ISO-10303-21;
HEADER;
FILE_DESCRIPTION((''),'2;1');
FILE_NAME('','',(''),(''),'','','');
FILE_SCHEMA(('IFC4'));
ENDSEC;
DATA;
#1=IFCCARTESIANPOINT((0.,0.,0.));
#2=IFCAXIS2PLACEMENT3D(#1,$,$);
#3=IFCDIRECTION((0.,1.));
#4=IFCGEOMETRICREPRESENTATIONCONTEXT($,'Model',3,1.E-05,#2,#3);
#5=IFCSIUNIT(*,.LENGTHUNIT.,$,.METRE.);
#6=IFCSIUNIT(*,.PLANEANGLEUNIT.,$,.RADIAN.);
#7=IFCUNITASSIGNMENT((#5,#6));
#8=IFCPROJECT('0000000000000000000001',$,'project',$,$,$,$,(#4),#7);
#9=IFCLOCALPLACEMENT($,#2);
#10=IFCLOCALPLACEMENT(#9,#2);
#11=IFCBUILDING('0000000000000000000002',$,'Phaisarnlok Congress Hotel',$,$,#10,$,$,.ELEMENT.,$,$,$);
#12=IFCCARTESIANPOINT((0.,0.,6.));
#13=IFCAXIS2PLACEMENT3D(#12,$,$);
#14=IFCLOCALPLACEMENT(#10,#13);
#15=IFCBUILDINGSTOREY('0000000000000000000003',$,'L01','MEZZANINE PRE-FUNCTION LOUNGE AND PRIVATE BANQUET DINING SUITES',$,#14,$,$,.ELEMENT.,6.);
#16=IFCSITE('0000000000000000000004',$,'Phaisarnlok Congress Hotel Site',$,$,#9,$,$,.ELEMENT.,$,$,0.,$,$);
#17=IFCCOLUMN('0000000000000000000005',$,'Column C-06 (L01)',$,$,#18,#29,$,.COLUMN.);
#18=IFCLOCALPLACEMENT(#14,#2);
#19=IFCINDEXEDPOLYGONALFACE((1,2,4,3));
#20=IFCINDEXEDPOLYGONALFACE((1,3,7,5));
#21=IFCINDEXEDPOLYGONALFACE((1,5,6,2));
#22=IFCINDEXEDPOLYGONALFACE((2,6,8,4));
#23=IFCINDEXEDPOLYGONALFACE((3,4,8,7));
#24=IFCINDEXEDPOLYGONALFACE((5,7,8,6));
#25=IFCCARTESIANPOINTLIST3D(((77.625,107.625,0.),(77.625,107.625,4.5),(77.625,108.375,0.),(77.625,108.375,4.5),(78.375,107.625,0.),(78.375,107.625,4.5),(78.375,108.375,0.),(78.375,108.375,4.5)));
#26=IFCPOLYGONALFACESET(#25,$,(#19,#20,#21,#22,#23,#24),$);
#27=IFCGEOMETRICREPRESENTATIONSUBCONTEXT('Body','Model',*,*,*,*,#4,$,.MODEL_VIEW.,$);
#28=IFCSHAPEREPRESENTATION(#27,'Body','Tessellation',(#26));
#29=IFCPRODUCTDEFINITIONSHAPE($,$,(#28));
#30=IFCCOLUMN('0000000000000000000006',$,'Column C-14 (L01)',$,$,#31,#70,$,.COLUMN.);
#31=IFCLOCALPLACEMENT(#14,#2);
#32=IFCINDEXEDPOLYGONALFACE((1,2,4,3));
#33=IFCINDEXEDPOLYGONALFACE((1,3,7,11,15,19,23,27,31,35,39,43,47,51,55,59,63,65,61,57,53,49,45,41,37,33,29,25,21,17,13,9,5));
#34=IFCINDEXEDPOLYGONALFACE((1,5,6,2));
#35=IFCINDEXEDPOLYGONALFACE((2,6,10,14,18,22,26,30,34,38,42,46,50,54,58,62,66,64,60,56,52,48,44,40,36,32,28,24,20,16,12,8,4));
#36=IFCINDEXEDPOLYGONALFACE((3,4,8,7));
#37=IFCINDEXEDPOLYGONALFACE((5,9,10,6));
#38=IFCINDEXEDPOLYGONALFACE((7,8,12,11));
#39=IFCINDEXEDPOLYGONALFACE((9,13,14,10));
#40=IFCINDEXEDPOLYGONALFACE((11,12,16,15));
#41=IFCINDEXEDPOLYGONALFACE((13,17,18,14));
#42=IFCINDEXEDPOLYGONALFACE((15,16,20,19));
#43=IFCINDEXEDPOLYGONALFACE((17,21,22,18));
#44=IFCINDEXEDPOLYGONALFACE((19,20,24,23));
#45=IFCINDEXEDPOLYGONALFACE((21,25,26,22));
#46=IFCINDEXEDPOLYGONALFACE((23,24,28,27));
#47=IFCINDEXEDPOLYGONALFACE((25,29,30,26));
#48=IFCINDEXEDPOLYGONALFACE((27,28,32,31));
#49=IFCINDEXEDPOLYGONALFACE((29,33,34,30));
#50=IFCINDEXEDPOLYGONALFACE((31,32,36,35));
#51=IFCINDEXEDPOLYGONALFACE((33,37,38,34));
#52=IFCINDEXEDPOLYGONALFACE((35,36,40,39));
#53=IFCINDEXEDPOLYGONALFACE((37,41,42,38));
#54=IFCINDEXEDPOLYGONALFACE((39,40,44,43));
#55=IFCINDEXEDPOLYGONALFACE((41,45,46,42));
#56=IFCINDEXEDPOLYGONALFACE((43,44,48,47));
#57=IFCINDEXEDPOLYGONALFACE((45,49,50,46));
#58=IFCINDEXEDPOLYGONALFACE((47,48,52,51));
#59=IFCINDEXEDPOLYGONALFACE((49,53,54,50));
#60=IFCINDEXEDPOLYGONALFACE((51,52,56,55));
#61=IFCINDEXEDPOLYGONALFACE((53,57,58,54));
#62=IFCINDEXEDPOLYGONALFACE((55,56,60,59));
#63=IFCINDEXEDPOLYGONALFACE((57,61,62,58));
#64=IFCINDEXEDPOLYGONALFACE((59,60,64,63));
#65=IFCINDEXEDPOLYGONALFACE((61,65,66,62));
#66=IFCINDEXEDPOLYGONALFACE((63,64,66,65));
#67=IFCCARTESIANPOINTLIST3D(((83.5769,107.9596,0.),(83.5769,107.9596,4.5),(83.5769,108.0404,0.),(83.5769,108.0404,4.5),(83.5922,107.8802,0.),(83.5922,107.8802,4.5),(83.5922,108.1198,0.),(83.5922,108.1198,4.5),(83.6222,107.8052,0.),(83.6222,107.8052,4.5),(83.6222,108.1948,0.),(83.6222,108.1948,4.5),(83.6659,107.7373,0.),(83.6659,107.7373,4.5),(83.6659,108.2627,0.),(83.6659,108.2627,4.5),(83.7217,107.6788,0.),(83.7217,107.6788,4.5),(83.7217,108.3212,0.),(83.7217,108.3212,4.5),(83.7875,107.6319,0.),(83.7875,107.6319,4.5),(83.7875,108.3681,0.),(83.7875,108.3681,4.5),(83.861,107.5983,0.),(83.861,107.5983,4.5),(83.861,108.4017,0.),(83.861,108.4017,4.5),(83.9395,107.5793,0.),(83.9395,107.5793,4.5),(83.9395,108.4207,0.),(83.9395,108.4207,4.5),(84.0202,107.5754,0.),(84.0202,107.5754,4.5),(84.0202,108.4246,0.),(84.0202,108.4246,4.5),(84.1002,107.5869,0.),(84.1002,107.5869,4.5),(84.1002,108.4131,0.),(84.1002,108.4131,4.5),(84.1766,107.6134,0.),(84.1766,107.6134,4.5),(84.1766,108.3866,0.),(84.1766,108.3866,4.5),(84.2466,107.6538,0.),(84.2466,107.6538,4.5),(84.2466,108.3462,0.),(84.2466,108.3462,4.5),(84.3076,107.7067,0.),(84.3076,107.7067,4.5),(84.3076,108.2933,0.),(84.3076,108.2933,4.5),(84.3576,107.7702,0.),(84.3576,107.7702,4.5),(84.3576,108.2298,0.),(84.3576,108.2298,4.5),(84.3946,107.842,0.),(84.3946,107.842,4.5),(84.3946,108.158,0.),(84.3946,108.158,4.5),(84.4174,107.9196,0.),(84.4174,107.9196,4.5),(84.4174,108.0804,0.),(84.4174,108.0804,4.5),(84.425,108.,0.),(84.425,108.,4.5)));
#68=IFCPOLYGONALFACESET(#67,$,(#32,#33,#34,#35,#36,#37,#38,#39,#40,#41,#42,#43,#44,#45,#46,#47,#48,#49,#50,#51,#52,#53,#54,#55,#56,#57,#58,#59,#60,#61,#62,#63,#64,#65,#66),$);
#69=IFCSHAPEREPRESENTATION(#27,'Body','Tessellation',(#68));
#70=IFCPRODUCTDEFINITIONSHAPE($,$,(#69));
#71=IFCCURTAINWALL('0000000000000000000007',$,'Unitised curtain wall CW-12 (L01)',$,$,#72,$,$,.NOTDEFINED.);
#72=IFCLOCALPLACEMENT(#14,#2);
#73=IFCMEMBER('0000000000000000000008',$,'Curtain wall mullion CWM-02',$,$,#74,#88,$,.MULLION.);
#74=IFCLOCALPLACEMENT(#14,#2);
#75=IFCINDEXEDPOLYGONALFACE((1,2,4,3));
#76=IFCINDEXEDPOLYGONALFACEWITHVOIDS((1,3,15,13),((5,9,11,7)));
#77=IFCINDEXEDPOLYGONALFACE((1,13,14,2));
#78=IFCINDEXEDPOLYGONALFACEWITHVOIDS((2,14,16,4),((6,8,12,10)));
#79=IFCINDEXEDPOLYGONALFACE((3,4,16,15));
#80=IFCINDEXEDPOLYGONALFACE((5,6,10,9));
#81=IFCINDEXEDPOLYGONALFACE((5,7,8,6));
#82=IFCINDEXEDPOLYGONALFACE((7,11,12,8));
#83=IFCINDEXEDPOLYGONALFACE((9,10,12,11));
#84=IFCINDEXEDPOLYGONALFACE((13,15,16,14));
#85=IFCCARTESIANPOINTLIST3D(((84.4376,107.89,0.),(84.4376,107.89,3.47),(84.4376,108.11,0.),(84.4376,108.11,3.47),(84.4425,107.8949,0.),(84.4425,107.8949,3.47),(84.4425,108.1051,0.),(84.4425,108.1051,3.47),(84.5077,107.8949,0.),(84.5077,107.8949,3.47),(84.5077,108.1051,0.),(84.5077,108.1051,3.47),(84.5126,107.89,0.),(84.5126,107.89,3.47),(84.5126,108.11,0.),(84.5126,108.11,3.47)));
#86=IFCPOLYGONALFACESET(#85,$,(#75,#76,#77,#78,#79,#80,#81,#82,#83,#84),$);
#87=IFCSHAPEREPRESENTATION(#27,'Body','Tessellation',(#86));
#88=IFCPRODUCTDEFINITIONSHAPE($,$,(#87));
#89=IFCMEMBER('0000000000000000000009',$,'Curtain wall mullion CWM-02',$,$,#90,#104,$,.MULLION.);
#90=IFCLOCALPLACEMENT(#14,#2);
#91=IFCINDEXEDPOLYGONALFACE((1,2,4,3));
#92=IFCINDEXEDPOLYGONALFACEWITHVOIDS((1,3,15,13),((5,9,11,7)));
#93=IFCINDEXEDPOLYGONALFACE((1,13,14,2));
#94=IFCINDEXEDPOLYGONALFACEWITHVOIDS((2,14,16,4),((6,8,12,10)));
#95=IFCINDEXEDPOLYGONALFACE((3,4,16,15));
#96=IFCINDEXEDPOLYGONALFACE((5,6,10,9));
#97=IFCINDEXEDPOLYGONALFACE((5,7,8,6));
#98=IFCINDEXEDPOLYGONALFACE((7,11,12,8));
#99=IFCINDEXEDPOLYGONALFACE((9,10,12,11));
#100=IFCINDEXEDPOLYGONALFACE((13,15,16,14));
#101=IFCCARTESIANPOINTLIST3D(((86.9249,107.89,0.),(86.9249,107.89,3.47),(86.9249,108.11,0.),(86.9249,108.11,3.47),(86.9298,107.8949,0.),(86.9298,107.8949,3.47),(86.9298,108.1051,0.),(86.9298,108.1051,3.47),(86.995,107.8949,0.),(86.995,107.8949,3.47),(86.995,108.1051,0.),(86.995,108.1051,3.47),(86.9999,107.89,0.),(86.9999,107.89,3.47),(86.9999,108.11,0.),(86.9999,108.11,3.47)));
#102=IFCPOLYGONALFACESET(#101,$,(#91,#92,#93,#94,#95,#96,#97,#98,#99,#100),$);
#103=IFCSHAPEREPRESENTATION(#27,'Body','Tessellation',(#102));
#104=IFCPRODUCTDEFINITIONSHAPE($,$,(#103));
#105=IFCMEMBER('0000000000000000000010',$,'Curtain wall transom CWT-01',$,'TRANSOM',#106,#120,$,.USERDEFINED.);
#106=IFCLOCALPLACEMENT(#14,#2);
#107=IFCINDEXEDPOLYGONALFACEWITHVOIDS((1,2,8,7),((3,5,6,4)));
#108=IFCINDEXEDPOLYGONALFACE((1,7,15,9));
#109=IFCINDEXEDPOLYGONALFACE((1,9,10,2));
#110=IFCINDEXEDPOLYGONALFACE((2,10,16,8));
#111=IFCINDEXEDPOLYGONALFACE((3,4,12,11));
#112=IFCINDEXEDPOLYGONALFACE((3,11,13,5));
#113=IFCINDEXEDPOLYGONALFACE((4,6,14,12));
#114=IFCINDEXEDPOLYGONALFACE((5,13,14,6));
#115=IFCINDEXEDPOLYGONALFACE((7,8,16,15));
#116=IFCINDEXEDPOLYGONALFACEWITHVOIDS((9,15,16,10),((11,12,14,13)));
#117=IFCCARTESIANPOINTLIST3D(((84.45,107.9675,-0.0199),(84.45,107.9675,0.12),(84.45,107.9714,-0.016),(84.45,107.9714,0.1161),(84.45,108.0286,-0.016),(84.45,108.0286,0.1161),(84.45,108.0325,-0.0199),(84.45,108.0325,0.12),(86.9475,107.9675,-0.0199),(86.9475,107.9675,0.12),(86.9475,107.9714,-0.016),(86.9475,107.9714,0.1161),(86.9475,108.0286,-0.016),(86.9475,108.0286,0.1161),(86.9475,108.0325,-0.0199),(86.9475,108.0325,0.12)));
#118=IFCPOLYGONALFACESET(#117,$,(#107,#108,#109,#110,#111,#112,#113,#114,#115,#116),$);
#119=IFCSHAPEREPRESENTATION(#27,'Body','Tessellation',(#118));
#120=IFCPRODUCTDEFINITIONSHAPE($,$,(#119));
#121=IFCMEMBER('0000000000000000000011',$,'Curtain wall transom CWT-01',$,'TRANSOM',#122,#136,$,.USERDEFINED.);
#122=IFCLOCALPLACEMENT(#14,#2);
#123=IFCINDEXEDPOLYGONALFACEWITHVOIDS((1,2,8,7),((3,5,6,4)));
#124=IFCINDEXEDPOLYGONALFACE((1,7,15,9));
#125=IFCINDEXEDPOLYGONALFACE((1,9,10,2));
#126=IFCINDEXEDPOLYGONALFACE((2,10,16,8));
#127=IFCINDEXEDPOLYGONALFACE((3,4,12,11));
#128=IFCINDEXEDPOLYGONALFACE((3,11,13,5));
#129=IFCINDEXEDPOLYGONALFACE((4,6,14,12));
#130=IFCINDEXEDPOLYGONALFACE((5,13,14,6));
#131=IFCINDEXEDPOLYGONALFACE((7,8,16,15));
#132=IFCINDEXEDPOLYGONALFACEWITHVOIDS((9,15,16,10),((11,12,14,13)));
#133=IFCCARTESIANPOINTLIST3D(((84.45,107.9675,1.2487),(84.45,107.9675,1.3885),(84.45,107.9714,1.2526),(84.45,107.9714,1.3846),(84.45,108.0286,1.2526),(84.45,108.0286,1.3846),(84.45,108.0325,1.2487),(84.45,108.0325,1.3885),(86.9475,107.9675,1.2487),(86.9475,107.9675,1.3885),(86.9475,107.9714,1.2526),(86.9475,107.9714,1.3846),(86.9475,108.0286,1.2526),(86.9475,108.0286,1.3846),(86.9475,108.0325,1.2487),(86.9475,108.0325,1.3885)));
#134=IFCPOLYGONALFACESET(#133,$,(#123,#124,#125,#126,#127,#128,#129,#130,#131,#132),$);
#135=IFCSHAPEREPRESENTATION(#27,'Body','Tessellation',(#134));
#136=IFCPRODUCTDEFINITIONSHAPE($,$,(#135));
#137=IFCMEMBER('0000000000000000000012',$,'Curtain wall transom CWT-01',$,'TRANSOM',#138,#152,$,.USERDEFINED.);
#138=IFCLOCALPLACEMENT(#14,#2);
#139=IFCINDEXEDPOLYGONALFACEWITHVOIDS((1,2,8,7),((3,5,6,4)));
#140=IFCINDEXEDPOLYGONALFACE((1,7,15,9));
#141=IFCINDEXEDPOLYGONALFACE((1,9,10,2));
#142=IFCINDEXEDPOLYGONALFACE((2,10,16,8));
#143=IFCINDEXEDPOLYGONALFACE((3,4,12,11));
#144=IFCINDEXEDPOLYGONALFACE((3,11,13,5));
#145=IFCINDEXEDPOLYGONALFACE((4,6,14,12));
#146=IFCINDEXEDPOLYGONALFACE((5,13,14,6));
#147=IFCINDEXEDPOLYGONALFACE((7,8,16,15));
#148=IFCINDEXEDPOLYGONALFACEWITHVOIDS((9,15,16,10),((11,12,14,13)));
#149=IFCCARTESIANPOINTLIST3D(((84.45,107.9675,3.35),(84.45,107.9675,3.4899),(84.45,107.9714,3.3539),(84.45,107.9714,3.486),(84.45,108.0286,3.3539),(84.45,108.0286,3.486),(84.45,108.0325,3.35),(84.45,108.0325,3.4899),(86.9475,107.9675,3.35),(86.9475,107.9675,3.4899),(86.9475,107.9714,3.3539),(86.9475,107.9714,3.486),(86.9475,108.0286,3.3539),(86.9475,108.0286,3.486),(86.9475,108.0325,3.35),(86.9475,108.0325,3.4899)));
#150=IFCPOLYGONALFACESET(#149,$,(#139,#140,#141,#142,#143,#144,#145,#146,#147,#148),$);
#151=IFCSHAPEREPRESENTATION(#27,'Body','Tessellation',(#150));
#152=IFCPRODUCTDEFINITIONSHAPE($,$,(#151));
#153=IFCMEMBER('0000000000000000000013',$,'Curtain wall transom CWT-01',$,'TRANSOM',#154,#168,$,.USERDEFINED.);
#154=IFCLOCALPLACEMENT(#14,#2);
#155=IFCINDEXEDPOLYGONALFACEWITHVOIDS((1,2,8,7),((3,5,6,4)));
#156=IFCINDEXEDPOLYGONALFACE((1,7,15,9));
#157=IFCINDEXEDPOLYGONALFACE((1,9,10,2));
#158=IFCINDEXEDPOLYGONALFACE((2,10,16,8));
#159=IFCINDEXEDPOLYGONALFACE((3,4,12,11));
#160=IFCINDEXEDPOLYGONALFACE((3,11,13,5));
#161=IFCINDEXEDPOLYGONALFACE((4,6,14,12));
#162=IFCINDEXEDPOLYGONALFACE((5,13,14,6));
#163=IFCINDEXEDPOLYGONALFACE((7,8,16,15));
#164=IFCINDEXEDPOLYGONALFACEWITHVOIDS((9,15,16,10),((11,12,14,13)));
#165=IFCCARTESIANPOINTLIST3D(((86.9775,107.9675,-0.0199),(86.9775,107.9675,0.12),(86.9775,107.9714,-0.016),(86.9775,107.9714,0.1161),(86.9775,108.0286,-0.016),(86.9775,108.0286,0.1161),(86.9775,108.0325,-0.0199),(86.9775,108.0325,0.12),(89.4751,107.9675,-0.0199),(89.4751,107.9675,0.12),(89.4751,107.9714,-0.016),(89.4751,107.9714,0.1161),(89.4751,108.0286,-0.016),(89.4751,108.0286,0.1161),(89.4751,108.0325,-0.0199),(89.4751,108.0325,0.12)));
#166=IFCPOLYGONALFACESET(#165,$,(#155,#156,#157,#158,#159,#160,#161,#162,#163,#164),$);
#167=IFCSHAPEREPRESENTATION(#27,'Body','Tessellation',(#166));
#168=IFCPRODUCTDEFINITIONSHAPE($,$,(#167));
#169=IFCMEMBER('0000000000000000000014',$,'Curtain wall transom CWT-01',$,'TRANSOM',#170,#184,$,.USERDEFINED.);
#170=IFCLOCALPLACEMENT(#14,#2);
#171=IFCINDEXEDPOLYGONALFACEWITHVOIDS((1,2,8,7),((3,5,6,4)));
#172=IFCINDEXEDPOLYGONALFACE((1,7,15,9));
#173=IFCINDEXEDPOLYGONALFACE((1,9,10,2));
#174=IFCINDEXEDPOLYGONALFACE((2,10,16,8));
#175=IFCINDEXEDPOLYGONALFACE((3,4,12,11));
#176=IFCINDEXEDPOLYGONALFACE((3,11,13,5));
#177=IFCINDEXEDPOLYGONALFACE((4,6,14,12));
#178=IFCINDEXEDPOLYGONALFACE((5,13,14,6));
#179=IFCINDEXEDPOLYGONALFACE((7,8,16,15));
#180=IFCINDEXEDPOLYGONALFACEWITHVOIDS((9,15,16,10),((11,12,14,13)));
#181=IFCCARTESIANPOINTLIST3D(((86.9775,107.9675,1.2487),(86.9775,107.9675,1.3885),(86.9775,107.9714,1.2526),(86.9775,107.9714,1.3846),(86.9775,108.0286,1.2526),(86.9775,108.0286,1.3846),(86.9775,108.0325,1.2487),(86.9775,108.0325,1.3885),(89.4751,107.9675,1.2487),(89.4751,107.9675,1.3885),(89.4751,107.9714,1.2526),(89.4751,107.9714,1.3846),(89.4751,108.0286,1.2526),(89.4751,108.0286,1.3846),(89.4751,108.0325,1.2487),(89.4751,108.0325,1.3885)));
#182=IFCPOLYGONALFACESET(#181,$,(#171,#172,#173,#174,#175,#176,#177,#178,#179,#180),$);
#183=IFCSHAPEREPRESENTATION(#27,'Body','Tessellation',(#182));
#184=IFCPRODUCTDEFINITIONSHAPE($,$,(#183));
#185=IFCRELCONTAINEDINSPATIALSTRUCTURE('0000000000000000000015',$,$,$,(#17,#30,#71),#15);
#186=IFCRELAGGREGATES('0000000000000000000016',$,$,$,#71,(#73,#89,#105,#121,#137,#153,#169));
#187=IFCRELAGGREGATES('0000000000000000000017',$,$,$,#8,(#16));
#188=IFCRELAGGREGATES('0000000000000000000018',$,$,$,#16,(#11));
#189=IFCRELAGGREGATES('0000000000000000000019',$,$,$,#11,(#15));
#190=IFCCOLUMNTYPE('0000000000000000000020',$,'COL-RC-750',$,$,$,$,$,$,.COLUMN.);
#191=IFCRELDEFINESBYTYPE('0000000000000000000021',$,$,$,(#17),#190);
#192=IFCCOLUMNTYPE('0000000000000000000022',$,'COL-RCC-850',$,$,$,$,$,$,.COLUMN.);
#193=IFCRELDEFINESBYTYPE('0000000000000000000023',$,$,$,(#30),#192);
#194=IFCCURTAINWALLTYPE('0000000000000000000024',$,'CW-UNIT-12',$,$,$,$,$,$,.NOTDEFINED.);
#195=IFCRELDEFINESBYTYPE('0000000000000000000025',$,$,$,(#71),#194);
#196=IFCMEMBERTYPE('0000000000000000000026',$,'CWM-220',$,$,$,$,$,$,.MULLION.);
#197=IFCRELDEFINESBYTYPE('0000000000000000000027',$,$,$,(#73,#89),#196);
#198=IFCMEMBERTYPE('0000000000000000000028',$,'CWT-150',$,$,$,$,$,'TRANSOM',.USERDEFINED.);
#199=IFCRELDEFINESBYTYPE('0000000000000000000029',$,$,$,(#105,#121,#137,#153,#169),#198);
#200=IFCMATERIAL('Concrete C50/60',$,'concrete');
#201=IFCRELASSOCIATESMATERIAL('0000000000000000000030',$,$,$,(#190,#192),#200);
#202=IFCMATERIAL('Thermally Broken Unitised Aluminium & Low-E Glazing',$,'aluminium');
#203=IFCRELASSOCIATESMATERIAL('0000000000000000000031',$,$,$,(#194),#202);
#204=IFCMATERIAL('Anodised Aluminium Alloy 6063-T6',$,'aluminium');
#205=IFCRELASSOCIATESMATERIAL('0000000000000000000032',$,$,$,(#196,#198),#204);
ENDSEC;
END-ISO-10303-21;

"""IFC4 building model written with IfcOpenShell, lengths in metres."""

from ifc_helpers import new_model, si_unit, direction, frame, origin, origin_2d, place, context, subcontext, project, spatial, rectangle, hollow_rectangle, circle, extrude, material, material_profile, profile_set, type_object, element, aggregate, save


model = new_model("IFC4")

# Units and contexts
model_context = context("Model", 3, precision=1e-05, world=origin(), true_north=direction((0.0, 1.0)))
body_context = subcontext(model_context, "Body", "Model", "MODEL_VIEW")
ifc_project = project(units=[si_unit("LENGTHUNIT", "METRE"), si_unit("PLANEANGLEUNIT", "RADIAN")], contexts=[model_context])

# Site, building, storey
site_placement = place(None, origin())
site = spatial("IfcSite", under=ifc_project, at=site_placement, Name="Phaisarnlok Congress Hotel Site", CompositionType="ELEMENT", RefElevation=0.0)
building_placement = place(site_placement, origin())
building = spatial("IfcBuilding", under=site, at=building_placement, Name="Phaisarnlok Congress Hotel", CompositionType="ELEMENT")
storey_placement = place(building_placement, frame((0.0, 0.0, 6.0)))
storey = spatial("IfcBuildingStorey", under=building, at=storey_placement, Name="L01", Description="MEZZANINE PRE-FUNCTION LOUNGE AND PRIVATE BANQUET DINING SUITES", CompositionType="ELEMENT", Elevation=6.0)

# Columns
ifc_material_1 = material(Name="Concrete C50/60", Category="concrete")
ifc_material_profile_1 = material_profile(ifc_material_1, rectangle(XDim=0.75, YDim=0.75, at=origin_2d()), Name="RC 750x750")
ifc_profile_set_1 = profile_set([ifc_material_profile_1], Name="Concrete C50/60")
column_type_1 = type_object("IfcColumnType", Name="COL-RC-750", PredefinedType="COLUMN", material=ifc_profile_set_1)
column_1_placement = place(storey_placement, frame((78.0, 108.0, 0.0), z_axis=(0.0, 0.0, 1.0), x_axis=(1.0, 0.0, 0.0)))
element("IfcColumn", 1, at=column_1_placement, inside=storey, type_object=column_type_1, Name="Column C-06 (L01)", PredefinedType="COLUMN", context=body_context, shape_type="SweptSolid", body=[
    extrude(rectangle(XDim=0.75, YDim=0.75, at=origin_2d()), origin(), (0.0, 0.0, 1.0), 4.5),
])
ifc_material_profile_2 = material_profile(ifc_material_1, circle(Radius=0.425, at=origin_2d()), Name="RCC D850")
ifc_profile_set_2 = profile_set([ifc_material_profile_2], Name="Concrete C50/60")
column_type_2 = type_object("IfcColumnType", Name="COL-RCC-850", PredefinedType="COLUMN", material=ifc_profile_set_2)
column_2_placement = place(storey_placement, frame((84.0, 108.0, 0.0), z_axis=(0.0, 0.0, 1.0), x_axis=(1.0, 0.0, 0.0)))
element("IfcColumn", 2, at=column_2_placement, inside=storey, type_object=column_type_2, Name="Column C-14 (L01)", PredefinedType="COLUMN", context=body_context, shape_type="SweptSolid", body=[
    extrude(circle(Radius=0.425, at=origin_2d()), origin(), (0.0, 0.0, 1.0), 4.5),
])

# Curtain wall, members
ifc_material_2 = material(Name="Thermally Broken Unitised Aluminium & Low-E Glazing", Category="aluminium")
curtain_wall_type = type_object("IfcCurtainWallType", Name="CW-UNIT-12", PredefinedType="NOTDEFINED", material=ifc_material_2)
curtain_wall_placement = place(storey_placement, origin())
curtain_wall = element("IfcCurtainWall", 3, at=curtain_wall_placement, inside=storey, type_object=curtain_wall_type, Name="Unitised curtain wall CW-12 (L01)", PredefinedType="NOTDEFINED")
ifc_material_3 = material(Name="Anodised Aluminium Alloy 6063-T6", Category="aluminium")
ifc_material_profile_3 = material_profile(ifc_material_3, hollow_rectangle(XDim=0.075, YDim=0.22, WallThickness=0.0049, at=origin_2d()), Name="ALU-M 75x220x5")
ifc_profile_set_3 = profile_set([ifc_material_profile_3], Name="Anodised Aluminium Alloy 6063-T6")
member_type_1 = type_object("IfcMemberType", Name="CWM-220", PredefinedType="MULLION", material=ifc_profile_set_3)
member_1_placement = place(storey_placement, frame((84.4751, 108.0, 0.0), z_axis=(0.0, 0.0, 1.0), x_axis=(1.0, 0.0, 0.0)))
member_1 = element("IfcMember", 4, at=member_1_placement, type_object=member_type_1, Name="Curtain wall mullion CWM-02", PredefinedType="MULLION", context=body_context, shape_type="SweptSolid", body=[
    extrude(hollow_rectangle(XDim=0.075, YDim=0.22, WallThickness=0.0049, at=origin_2d()), origin(), (0.0, 0.0, 1.0), 3.47),
])
member_2_placement = place(storey_placement, frame((86.9624, 108.0, 0.0), z_axis=(0.0, 0.0, 1.0), x_axis=(1.0, 0.0, 0.0)))
member_2 = element("IfcMember", 5, at=member_2_placement, type_object=member_type_1, Name="Curtain wall mullion CWM-02", PredefinedType="MULLION", context=body_context, shape_type="SweptSolid", body=[
    extrude(hollow_rectangle(XDim=0.075, YDim=0.22, WallThickness=0.0049, at=origin_2d()), origin(), (0.0, 0.0, 1.0), 3.47),
])
ifc_material_profile_4 = material_profile(ifc_material_3, hollow_rectangle(XDim=0.0649, YDim=0.1399, WallThickness=0.0039, at=origin_2d()), Name="ALU-T 65x140x4")
ifc_profile_set_4 = profile_set([ifc_material_profile_4], Name="Anodised Aluminium Alloy 6063-T6")
member_type_2 = type_object("IfcMemberType", Name="CWT-150", ElementType="TRANSOM", PredefinedType="USERDEFINED", material=ifc_profile_set_4)
member_3_placement = place(storey_placement, frame((84.45, 108.0, 0.05), z_axis=(1.0, 0.0, 0.0), x_axis=(0.0, 1.0, 0.0)))
member_3 = element("IfcMember", 6, at=member_3_placement, type_object=member_type_2, Name="Curtain wall transom CWT-01", ObjectType="TRANSOM", PredefinedType="USERDEFINED", context=body_context, shape_type="SweptSolid", body=[
    extrude(hollow_rectangle(XDim=0.0649, YDim=0.1399, WallThickness=0.0039, at=origin_2d()), origin(), (0.0, 0.0, 1.0), 2.4976),
])
member_4_placement = place(storey_placement, frame((84.45, 108.0, 1.3186), z_axis=(1.0, 0.0, 0.0), x_axis=(0.0, 1.0, 0.0)))
member_4 = element("IfcMember", 7, at=member_4_placement, type_object=member_type_2, Name="Curtain wall transom CWT-01", ObjectType="TRANSOM", PredefinedType="USERDEFINED", context=body_context, shape_type="SweptSolid", body=[
    extrude(hollow_rectangle(XDim=0.0649, YDim=0.1399, WallThickness=0.0039, at=origin_2d()), origin(), (0.0, 0.0, 1.0), 2.4976),
])
member_5_placement = place(storey_placement, frame((84.45, 108.0, 3.4199), z_axis=(1.0, 0.0, 0.0), x_axis=(0.0, 1.0, 0.0)))
member_5 = element("IfcMember", 8, at=member_5_placement, type_object=member_type_2, Name="Curtain wall transom CWT-01", ObjectType="TRANSOM", PredefinedType="USERDEFINED", context=body_context, shape_type="SweptSolid", body=[
    extrude(hollow_rectangle(XDim=0.0649, YDim=0.1399, WallThickness=0.0039, at=origin_2d()), origin(), (0.0, 0.0, 1.0), 2.4976),
])
member_6_placement = place(storey_placement, frame((86.9775, 108.0, 0.05), z_axis=(1.0, 0.0, 0.0), x_axis=(0.0, 1.0, 0.0)))
member_6 = element("IfcMember", 9, at=member_6_placement, type_object=member_type_2, Name="Curtain wall transom CWT-01", ObjectType="TRANSOM", PredefinedType="USERDEFINED", context=body_context, shape_type="SweptSolid", body=[
    extrude(hollow_rectangle(XDim=0.0649, YDim=0.1399, WallThickness=0.0039, at=origin_2d()), origin(), (0.0, 0.0, 1.0), 2.4976),
])
member_7_placement = place(storey_placement, frame((86.9775, 108.0, 1.3186), z_axis=(1.0, 0.0, 0.0), x_axis=(0.0, 1.0, 0.0)))
member_7 = element("IfcMember", 10, at=member_7_placement, type_object=member_type_2, Name="Curtain wall transom CWT-01", ObjectType="TRANSOM", PredefinedType="USERDEFINED", context=body_context, shape_type="SweptSolid", body=[
    extrude(hollow_rectangle(XDim=0.0649, YDim=0.1399, WallThickness=0.0039, at=origin_2d()), origin(), (0.0, 0.0, 1.0), 2.4976),
])

aggregate(curtain_wall, [member_1, member_2, member_3, member_4, member_5, member_6, member_7])

save(model, "model.ifc")
